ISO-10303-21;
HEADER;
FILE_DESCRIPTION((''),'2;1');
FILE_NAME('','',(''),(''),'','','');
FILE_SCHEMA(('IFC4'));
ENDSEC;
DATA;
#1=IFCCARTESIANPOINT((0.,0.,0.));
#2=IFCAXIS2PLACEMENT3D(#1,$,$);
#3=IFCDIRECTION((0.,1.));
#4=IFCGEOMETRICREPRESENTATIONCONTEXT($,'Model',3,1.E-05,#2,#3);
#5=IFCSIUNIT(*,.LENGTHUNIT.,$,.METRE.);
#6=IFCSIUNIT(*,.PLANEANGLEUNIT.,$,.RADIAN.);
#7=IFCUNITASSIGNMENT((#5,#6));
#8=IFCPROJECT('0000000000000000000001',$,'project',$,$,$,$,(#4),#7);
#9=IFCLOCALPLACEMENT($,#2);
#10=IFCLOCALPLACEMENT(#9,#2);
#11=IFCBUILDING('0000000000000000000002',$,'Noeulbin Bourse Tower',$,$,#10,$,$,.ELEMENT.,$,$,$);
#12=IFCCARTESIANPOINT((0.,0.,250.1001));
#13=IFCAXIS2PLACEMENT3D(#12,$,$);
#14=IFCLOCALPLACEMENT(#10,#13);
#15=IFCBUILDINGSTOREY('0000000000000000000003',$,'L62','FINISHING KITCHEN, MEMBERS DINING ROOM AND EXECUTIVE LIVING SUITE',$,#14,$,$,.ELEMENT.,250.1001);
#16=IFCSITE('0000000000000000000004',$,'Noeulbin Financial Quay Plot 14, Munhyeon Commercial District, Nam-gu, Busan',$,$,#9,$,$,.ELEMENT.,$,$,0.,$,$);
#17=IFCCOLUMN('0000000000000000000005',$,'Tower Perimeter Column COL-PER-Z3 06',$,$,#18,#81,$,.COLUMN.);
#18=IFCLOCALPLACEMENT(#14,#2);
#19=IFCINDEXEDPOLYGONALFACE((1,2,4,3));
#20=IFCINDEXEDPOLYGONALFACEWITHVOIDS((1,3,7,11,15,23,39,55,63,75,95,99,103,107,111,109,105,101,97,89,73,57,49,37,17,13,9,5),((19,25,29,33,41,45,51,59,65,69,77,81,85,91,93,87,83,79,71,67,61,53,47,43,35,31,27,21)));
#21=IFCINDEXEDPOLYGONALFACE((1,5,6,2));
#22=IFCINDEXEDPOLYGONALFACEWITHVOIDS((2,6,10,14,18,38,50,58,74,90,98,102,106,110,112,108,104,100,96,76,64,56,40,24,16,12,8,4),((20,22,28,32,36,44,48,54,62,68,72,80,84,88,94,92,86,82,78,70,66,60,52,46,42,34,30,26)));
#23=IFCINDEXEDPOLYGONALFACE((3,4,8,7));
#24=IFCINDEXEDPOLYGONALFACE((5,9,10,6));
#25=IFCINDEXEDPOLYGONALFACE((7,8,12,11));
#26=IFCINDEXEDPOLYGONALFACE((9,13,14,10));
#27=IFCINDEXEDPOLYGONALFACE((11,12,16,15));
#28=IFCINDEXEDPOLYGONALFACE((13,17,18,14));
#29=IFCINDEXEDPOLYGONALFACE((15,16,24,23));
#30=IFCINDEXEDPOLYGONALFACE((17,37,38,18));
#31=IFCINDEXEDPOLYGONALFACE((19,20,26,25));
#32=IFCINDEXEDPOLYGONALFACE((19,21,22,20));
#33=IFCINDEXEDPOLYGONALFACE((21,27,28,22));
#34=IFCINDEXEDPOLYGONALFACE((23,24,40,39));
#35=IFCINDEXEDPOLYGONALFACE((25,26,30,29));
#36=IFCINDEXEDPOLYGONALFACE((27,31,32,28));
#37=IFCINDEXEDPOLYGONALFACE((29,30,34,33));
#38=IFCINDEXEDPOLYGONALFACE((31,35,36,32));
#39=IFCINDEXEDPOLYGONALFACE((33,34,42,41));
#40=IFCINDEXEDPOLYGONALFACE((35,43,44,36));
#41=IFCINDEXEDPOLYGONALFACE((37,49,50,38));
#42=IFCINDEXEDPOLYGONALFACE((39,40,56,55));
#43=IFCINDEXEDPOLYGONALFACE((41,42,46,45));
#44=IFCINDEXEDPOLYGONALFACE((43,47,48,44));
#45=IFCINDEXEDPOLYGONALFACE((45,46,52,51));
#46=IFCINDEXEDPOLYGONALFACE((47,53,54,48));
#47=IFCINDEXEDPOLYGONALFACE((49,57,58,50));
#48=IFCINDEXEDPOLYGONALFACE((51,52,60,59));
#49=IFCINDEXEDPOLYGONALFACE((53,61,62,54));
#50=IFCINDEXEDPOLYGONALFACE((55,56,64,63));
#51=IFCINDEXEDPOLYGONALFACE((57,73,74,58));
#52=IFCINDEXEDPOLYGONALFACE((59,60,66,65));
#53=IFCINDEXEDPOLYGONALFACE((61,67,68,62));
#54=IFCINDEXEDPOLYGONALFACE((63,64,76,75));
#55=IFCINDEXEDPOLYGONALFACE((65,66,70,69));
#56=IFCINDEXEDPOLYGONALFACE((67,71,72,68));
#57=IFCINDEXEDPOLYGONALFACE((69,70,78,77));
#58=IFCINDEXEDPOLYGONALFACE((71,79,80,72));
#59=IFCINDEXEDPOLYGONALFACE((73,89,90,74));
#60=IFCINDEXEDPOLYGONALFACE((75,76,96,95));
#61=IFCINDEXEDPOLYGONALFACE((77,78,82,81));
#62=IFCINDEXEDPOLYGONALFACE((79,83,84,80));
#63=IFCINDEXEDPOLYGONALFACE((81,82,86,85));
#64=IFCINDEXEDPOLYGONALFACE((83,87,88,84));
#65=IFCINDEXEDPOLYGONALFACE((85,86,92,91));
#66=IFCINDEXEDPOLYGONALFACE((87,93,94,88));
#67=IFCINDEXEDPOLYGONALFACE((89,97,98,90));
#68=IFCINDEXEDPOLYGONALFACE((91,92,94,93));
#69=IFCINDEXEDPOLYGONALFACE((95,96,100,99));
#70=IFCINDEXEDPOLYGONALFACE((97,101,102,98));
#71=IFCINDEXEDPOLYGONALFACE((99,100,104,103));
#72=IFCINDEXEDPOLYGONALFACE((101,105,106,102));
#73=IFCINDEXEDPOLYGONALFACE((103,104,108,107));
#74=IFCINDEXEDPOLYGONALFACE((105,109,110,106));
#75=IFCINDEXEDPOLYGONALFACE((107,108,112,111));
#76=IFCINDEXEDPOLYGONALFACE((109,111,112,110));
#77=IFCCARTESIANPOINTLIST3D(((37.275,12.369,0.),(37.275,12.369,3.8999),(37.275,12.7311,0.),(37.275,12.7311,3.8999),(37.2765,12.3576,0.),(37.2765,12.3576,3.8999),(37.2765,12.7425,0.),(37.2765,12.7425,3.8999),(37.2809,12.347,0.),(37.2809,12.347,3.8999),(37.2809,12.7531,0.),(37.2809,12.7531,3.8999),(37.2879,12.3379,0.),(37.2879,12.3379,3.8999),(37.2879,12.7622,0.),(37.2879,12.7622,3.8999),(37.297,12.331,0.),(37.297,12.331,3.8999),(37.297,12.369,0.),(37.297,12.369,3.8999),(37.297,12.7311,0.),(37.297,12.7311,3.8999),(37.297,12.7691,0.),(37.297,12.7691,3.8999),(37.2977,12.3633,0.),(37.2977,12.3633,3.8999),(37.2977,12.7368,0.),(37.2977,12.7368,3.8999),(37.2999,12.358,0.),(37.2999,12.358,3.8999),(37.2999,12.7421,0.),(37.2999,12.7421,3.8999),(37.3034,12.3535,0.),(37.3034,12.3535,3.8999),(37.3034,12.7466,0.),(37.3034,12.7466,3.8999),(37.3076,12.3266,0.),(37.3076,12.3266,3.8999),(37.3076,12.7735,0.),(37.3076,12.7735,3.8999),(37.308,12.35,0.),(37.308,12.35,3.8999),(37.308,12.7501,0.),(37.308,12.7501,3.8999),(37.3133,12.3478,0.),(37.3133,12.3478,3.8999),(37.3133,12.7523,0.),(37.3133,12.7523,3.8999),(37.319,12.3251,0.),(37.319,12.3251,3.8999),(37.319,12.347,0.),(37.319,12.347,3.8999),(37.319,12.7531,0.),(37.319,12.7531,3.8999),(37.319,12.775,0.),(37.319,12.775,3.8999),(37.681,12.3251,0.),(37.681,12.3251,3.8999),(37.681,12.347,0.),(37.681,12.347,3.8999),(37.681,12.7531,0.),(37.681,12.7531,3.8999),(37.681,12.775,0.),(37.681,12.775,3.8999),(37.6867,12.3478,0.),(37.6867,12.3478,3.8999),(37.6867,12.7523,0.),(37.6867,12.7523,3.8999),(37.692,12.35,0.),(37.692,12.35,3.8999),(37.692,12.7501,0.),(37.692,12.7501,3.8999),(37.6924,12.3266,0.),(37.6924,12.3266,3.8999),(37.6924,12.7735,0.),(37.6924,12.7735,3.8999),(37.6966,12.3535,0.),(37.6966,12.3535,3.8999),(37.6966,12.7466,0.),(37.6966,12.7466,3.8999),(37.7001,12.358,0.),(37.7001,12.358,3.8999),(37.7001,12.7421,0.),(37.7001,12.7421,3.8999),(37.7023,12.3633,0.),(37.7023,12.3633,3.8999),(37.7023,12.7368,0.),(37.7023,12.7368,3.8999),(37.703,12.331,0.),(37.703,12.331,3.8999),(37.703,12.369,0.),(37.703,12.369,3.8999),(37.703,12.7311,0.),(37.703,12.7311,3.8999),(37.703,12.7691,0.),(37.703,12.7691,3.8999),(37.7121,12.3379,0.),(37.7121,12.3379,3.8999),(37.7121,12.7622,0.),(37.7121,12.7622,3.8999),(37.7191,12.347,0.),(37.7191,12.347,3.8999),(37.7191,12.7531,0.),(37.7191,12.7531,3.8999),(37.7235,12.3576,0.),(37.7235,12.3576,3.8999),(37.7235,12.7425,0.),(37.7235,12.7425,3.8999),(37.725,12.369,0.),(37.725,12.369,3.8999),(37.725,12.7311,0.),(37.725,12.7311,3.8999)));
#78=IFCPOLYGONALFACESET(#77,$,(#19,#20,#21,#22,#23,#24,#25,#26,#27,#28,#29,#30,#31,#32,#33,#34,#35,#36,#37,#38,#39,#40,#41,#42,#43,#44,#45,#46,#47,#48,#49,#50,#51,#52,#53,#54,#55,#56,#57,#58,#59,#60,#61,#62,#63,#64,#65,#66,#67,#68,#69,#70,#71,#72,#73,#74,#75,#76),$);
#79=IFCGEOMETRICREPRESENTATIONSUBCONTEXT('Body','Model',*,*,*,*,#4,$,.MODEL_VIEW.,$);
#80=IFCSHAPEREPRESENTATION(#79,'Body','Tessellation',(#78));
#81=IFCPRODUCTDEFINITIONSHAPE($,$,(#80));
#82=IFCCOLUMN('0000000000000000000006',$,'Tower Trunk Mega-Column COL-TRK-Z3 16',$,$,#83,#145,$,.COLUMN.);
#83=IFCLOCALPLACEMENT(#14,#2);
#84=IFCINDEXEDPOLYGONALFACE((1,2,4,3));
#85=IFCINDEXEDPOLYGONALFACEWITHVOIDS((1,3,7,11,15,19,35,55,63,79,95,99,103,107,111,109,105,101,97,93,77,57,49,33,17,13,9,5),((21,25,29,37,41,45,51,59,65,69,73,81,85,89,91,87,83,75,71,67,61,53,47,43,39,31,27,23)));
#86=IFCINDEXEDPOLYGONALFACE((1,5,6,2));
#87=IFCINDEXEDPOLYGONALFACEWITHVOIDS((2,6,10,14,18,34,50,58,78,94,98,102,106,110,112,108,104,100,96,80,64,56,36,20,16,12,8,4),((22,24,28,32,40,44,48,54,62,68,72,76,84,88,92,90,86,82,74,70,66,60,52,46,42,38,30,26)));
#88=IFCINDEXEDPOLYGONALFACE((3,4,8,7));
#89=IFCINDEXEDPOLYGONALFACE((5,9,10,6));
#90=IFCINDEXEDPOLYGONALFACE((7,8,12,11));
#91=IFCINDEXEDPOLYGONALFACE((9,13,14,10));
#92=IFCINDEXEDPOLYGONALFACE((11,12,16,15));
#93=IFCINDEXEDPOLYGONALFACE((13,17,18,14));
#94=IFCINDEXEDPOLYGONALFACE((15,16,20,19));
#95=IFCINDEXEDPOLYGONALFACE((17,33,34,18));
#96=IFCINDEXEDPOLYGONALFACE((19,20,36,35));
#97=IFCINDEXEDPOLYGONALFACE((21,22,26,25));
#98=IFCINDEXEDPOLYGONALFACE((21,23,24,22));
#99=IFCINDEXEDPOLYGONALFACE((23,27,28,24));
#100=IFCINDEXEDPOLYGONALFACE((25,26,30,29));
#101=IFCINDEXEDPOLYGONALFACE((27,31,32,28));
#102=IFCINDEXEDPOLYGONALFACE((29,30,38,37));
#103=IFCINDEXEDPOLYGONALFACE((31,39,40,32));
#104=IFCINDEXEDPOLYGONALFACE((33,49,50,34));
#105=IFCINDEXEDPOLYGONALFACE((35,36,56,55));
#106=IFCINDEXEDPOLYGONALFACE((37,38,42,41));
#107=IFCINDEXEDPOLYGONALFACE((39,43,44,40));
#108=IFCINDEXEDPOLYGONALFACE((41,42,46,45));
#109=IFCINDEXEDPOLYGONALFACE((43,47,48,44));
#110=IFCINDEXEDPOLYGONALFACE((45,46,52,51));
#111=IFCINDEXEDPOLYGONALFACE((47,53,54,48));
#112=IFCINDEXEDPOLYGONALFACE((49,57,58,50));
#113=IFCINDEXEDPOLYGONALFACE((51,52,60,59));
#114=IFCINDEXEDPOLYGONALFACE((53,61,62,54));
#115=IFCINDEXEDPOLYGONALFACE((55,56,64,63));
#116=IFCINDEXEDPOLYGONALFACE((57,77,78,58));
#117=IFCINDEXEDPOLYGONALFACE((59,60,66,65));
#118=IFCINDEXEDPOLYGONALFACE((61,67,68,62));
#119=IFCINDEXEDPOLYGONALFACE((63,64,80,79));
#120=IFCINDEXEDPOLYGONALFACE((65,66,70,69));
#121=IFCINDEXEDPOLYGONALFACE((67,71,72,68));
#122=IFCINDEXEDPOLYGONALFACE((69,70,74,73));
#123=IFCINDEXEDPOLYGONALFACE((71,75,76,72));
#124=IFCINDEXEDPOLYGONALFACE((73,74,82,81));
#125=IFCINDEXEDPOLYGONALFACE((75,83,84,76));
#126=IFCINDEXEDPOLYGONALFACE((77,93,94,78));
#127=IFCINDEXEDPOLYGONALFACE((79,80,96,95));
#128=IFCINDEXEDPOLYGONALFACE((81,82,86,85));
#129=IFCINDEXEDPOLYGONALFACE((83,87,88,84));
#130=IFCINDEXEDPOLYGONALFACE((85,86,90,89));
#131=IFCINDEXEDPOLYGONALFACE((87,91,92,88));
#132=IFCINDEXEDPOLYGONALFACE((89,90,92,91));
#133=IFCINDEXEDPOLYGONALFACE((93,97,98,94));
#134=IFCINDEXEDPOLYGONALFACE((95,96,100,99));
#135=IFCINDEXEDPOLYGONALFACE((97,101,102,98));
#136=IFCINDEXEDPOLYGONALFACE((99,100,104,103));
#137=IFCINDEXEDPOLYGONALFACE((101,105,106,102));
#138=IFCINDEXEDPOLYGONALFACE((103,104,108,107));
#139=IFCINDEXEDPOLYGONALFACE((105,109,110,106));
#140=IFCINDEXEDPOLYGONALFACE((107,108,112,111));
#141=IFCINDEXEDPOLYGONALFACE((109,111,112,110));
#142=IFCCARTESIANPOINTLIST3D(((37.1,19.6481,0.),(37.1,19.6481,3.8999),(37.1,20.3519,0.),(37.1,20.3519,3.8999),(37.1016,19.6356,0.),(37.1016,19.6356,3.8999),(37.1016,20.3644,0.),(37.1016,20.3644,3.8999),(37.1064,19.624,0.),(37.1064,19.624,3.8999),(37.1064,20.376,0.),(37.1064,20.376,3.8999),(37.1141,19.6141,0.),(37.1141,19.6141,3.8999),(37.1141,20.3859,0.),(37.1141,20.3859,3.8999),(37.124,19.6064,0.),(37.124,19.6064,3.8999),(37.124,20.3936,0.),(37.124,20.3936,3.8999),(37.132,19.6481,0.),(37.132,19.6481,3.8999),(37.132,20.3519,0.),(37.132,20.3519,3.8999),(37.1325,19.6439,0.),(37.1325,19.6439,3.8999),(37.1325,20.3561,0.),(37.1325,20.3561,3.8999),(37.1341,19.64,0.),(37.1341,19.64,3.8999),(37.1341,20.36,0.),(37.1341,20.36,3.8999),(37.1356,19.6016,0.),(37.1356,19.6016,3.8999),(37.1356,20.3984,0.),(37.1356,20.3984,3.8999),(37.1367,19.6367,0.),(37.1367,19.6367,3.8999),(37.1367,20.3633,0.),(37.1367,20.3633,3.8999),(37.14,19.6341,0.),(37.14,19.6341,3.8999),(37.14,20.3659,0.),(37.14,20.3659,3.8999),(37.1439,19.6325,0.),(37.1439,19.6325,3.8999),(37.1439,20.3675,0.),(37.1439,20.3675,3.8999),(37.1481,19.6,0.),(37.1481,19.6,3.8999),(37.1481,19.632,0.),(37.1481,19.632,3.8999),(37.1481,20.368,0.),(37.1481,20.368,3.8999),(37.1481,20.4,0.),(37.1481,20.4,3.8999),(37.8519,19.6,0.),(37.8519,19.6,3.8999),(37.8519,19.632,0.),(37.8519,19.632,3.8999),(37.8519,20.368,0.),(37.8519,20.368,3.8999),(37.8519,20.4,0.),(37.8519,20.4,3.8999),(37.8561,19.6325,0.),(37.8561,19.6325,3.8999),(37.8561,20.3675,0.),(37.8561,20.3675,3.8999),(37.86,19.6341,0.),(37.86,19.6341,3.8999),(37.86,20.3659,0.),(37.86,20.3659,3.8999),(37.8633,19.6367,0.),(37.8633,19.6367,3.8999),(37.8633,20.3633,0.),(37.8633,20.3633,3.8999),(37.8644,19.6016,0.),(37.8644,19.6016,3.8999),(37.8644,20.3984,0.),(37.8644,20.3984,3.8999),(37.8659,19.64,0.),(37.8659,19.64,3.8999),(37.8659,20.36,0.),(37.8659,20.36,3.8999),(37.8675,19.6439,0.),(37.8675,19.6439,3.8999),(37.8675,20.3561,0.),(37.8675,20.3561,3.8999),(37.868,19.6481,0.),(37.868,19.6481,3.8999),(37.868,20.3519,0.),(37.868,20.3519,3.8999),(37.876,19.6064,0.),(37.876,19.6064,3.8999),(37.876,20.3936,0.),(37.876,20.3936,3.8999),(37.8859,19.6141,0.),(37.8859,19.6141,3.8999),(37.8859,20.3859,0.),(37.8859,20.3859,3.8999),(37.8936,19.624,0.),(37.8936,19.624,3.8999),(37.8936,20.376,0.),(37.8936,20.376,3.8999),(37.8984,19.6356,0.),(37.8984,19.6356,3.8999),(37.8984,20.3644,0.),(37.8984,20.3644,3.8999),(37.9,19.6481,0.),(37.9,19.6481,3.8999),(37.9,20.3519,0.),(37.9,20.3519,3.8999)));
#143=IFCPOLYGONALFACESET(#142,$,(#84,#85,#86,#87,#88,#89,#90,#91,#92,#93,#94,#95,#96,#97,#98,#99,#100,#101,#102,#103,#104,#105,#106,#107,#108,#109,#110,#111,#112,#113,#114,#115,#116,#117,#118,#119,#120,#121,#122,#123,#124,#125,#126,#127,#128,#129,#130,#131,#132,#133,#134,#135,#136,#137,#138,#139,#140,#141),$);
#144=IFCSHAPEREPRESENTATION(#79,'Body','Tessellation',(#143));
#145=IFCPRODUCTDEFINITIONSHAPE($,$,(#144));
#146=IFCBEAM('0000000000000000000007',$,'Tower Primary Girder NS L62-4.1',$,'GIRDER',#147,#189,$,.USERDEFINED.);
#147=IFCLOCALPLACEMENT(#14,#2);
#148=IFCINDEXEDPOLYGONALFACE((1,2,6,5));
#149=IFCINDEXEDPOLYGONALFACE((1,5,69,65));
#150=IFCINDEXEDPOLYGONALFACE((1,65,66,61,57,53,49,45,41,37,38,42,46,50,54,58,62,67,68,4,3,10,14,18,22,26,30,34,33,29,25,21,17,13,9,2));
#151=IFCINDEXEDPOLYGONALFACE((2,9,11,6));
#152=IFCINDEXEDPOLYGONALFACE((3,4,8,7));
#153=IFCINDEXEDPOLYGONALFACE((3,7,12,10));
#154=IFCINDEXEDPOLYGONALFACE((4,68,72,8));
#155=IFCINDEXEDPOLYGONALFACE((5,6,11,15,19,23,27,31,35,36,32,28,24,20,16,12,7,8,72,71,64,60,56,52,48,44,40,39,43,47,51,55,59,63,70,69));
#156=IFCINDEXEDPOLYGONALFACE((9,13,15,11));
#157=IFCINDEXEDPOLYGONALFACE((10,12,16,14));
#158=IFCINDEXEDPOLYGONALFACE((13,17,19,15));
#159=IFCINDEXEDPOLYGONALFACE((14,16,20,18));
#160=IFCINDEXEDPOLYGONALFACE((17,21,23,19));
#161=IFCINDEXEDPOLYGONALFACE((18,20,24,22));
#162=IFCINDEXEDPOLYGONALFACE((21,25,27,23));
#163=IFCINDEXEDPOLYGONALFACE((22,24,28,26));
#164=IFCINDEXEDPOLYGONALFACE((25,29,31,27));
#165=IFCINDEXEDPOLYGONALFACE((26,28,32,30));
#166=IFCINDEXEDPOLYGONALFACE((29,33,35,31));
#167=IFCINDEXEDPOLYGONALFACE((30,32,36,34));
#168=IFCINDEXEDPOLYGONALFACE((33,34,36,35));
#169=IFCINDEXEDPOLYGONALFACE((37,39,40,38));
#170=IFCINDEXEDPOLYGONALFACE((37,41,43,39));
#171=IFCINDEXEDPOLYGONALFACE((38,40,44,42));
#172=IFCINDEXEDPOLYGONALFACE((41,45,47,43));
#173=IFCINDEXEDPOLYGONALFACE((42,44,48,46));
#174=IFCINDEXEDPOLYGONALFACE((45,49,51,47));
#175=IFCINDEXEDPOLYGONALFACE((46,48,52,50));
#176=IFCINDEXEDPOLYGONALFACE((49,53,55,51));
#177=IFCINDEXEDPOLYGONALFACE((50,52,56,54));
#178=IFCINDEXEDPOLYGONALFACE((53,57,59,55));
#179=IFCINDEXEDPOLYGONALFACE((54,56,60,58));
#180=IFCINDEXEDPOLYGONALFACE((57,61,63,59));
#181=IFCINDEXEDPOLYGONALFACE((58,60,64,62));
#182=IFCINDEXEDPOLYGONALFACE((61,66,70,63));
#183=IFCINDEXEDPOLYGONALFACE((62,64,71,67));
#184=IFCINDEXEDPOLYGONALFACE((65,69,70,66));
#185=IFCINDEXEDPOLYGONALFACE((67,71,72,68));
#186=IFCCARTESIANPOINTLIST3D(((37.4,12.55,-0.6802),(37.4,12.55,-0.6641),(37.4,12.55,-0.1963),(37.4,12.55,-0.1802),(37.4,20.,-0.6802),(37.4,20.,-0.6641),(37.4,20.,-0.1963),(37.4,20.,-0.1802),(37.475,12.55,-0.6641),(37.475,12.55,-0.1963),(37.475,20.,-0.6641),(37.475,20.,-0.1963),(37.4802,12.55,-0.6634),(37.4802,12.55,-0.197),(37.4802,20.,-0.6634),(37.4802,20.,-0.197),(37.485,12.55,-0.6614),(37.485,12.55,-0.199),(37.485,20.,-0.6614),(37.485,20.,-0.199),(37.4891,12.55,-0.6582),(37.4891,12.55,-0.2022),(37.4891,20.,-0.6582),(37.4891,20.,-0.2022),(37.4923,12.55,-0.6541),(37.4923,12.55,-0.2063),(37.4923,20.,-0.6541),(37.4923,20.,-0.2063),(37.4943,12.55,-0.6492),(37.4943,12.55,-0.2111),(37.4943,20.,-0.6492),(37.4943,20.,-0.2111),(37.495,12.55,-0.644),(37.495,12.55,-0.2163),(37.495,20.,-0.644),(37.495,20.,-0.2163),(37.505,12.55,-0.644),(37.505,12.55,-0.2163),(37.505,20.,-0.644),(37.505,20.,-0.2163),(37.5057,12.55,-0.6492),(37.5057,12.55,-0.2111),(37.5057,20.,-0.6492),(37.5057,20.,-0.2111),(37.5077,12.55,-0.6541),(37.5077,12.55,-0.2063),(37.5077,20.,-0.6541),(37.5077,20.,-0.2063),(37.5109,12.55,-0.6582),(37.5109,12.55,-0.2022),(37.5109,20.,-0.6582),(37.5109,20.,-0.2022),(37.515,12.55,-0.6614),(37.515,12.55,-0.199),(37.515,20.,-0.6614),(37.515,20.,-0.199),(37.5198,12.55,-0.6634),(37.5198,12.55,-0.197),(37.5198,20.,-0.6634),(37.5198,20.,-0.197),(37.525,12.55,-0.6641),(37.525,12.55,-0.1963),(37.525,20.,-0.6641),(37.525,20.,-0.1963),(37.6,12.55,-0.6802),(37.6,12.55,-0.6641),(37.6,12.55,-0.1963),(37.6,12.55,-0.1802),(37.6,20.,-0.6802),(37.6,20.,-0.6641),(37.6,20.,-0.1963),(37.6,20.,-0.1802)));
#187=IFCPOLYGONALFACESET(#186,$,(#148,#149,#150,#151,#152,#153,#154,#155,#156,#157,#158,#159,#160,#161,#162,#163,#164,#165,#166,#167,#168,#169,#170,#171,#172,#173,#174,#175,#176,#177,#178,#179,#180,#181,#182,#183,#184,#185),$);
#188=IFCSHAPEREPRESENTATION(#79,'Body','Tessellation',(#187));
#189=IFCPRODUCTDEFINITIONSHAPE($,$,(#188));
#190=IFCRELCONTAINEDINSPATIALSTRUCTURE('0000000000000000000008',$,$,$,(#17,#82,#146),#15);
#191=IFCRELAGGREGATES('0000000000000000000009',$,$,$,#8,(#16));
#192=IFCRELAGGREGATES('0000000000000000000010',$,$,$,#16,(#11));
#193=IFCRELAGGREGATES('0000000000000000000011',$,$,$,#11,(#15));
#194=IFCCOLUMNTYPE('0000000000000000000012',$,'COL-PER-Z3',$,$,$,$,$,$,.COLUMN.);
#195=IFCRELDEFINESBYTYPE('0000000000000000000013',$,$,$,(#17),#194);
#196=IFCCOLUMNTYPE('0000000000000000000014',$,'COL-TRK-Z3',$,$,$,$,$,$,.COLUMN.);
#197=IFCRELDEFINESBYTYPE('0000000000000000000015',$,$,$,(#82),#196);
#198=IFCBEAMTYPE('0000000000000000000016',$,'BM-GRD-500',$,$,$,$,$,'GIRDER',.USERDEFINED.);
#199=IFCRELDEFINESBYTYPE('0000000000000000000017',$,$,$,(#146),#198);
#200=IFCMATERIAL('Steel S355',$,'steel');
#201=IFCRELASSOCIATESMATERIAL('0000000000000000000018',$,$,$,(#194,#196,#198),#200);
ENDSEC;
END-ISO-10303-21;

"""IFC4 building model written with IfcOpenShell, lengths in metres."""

from ifc_helpers import new_model, si_unit, direction, frame, origin, origin_2d, place, context, subcontext, project, spatial, hollow_rectangle, i_section, extrude, material, material_profile, profile_set, type_object, element, save


model = new_model("IFC4")

# Units and contexts
model_context = context("Model", 3, precision=1e-05, world=origin(), true_north=direction((0.0, 1.0)))
body_context = subcontext(model_context, "Body", "Model", "MODEL_VIEW")
ifc_project = project(units=[si_unit("LENGTHUNIT", "METRE"), si_unit("PLANEANGLEUNIT", "RADIAN")], contexts=[model_context])

# Site, building, storey
site_placement = place(None, origin())
site = spatial("IfcSite", under=ifc_project, at=site_placement, Name="Noeulbin Financial Quay Plot 14, Munhyeon Commercial District, Nam-gu, Busan", CompositionType="ELEMENT", RefElevation=0.0)
building_placement = place(site_placement, origin())
building = spatial("IfcBuilding", under=site, at=building_placement, Name="Noeulbin Bourse Tower", CompositionType="ELEMENT")
storey_placement = place(building_placement, frame((0.0, 0.0, 250.1001)))
storey = spatial("IfcBuildingStorey", under=building, at=storey_placement, Name="L62", Description="FINISHING KITCHEN, MEMBERS DINING ROOM AND EXECUTIVE LIVING SUITE", CompositionType="ELEMENT", Elevation=250.1001)

# Columns
ifc_material_1 = material(Name="Steel S355", Category="steel")
ifc_material_profile_1 = material_profile(ifc_material_1, hollow_rectangle(XDim=0.45, YDim=0.45, WallThickness=0.022, InnerFilletRadius=0.022, OuterFilletRadius=0.0439, at=origin_2d()), Name="SHS-450x450x22", Category="LoadBearing")
ifc_profile_set_1 = profile_set([ifc_material_profile_1], Name="Steel S355")
column_type_1 = type_object("IfcColumnType", Name="COL-PER-Z3", PredefinedType="COLUMN", material=ifc_profile_set_1)
column_1_placement = place(storey_placement, frame((37.5, 12.55, 0.0), z_axis=(0.0, 0.0, 1.0), x_axis=(1.0, 0.0, 0.0)))
element("IfcColumn", 1, at=column_1_placement, inside=storey, type_object=column_type_1, Name="Tower Perimeter Column COL-PER-Z3 06", PredefinedType="COLUMN", context=body_context, shape_type="SweptSolid", body=[
    extrude(hollow_rectangle(XDim=0.45, YDim=0.45, WallThickness=0.022, InnerFilletRadius=0.022, OuterFilletRadius=0.0439, at=origin_2d()), origin(), (0.0, 0.0, 1.0), 3.8999),
])
ifc_material_profile_2 = material_profile(ifc_material_1, hollow_rectangle(XDim=0.8, YDim=0.8, WallThickness=0.032, InnerFilletRadius=0.0161, OuterFilletRadius=0.0481, at=origin_2d()), Name="BOX-800x800x32", Category="LoadBearing")
ifc_profile_set_2 = profile_set([ifc_material_profile_2], Name="Steel S355")
column_type_2 = type_object("IfcColumnType", Name="COL-TRK-Z3", PredefinedType="COLUMN", material=ifc_profile_set_2)
column_2_placement = place(storey_placement, frame((37.5, 20.0, 0.0), z_axis=(0.0, 0.0, 1.0), x_axis=(1.0, 0.0, 0.0)))
element("IfcColumn", 2, at=column_2_placement, inside=storey, type_object=column_type_2, Name="Tower Trunk Mega-Column COL-TRK-Z3 16", PredefinedType="COLUMN", context=body_context, shape_type="SweptSolid", body=[
    extrude(hollow_rectangle(XDim=0.8, YDim=0.8, WallThickness=0.032, InnerFilletRadius=0.0161, OuterFilletRadius=0.0481, at=origin_2d()), origin(), (0.0, 0.0, 1.0), 3.8999),
])

# Beam
ifc_material_profile_3 = material_profile(ifc_material_1, i_section(OverallWidth=0.2, OverallDepth=0.5, WebThickness=0.01, FlangeThickness=0.0161, FilletRadius=0.02, at=origin_2d()), Name="H-500x200x10x16", Category="LoadBearing")
ifc_profile_set_3 = profile_set([ifc_material_profile_3], Name="Steel S355")
beam_type_1 = type_object("IfcBeamType", Name="BM-GRD-500", ElementType="GIRDER", PredefinedType="USERDEFINED", material=ifc_profile_set_3)
beam_placement = place(storey_placement, frame((37.5, 12.55, -0.4302), z_axis=(0.0, 1.0, 0.0), x_axis=(-1.0, 0.0, 0.0)))
element("IfcBeam", 3, at=beam_placement, inside=storey, type_object=beam_type_1, Name="Tower Primary Girder NS L62-4.1", ObjectType="GIRDER", PredefinedType="USERDEFINED", context=body_context, shape_type="SweptSolid", body=[
    extrude(i_section(OverallWidth=0.2, OverallDepth=0.5, WebThickness=0.01, FlangeThickness=0.0161, FilletRadius=0.02, at=origin_2d()), origin(), (0.0, 0.0, 1.0), 7.45),
])

save(model, "model.ifc")
